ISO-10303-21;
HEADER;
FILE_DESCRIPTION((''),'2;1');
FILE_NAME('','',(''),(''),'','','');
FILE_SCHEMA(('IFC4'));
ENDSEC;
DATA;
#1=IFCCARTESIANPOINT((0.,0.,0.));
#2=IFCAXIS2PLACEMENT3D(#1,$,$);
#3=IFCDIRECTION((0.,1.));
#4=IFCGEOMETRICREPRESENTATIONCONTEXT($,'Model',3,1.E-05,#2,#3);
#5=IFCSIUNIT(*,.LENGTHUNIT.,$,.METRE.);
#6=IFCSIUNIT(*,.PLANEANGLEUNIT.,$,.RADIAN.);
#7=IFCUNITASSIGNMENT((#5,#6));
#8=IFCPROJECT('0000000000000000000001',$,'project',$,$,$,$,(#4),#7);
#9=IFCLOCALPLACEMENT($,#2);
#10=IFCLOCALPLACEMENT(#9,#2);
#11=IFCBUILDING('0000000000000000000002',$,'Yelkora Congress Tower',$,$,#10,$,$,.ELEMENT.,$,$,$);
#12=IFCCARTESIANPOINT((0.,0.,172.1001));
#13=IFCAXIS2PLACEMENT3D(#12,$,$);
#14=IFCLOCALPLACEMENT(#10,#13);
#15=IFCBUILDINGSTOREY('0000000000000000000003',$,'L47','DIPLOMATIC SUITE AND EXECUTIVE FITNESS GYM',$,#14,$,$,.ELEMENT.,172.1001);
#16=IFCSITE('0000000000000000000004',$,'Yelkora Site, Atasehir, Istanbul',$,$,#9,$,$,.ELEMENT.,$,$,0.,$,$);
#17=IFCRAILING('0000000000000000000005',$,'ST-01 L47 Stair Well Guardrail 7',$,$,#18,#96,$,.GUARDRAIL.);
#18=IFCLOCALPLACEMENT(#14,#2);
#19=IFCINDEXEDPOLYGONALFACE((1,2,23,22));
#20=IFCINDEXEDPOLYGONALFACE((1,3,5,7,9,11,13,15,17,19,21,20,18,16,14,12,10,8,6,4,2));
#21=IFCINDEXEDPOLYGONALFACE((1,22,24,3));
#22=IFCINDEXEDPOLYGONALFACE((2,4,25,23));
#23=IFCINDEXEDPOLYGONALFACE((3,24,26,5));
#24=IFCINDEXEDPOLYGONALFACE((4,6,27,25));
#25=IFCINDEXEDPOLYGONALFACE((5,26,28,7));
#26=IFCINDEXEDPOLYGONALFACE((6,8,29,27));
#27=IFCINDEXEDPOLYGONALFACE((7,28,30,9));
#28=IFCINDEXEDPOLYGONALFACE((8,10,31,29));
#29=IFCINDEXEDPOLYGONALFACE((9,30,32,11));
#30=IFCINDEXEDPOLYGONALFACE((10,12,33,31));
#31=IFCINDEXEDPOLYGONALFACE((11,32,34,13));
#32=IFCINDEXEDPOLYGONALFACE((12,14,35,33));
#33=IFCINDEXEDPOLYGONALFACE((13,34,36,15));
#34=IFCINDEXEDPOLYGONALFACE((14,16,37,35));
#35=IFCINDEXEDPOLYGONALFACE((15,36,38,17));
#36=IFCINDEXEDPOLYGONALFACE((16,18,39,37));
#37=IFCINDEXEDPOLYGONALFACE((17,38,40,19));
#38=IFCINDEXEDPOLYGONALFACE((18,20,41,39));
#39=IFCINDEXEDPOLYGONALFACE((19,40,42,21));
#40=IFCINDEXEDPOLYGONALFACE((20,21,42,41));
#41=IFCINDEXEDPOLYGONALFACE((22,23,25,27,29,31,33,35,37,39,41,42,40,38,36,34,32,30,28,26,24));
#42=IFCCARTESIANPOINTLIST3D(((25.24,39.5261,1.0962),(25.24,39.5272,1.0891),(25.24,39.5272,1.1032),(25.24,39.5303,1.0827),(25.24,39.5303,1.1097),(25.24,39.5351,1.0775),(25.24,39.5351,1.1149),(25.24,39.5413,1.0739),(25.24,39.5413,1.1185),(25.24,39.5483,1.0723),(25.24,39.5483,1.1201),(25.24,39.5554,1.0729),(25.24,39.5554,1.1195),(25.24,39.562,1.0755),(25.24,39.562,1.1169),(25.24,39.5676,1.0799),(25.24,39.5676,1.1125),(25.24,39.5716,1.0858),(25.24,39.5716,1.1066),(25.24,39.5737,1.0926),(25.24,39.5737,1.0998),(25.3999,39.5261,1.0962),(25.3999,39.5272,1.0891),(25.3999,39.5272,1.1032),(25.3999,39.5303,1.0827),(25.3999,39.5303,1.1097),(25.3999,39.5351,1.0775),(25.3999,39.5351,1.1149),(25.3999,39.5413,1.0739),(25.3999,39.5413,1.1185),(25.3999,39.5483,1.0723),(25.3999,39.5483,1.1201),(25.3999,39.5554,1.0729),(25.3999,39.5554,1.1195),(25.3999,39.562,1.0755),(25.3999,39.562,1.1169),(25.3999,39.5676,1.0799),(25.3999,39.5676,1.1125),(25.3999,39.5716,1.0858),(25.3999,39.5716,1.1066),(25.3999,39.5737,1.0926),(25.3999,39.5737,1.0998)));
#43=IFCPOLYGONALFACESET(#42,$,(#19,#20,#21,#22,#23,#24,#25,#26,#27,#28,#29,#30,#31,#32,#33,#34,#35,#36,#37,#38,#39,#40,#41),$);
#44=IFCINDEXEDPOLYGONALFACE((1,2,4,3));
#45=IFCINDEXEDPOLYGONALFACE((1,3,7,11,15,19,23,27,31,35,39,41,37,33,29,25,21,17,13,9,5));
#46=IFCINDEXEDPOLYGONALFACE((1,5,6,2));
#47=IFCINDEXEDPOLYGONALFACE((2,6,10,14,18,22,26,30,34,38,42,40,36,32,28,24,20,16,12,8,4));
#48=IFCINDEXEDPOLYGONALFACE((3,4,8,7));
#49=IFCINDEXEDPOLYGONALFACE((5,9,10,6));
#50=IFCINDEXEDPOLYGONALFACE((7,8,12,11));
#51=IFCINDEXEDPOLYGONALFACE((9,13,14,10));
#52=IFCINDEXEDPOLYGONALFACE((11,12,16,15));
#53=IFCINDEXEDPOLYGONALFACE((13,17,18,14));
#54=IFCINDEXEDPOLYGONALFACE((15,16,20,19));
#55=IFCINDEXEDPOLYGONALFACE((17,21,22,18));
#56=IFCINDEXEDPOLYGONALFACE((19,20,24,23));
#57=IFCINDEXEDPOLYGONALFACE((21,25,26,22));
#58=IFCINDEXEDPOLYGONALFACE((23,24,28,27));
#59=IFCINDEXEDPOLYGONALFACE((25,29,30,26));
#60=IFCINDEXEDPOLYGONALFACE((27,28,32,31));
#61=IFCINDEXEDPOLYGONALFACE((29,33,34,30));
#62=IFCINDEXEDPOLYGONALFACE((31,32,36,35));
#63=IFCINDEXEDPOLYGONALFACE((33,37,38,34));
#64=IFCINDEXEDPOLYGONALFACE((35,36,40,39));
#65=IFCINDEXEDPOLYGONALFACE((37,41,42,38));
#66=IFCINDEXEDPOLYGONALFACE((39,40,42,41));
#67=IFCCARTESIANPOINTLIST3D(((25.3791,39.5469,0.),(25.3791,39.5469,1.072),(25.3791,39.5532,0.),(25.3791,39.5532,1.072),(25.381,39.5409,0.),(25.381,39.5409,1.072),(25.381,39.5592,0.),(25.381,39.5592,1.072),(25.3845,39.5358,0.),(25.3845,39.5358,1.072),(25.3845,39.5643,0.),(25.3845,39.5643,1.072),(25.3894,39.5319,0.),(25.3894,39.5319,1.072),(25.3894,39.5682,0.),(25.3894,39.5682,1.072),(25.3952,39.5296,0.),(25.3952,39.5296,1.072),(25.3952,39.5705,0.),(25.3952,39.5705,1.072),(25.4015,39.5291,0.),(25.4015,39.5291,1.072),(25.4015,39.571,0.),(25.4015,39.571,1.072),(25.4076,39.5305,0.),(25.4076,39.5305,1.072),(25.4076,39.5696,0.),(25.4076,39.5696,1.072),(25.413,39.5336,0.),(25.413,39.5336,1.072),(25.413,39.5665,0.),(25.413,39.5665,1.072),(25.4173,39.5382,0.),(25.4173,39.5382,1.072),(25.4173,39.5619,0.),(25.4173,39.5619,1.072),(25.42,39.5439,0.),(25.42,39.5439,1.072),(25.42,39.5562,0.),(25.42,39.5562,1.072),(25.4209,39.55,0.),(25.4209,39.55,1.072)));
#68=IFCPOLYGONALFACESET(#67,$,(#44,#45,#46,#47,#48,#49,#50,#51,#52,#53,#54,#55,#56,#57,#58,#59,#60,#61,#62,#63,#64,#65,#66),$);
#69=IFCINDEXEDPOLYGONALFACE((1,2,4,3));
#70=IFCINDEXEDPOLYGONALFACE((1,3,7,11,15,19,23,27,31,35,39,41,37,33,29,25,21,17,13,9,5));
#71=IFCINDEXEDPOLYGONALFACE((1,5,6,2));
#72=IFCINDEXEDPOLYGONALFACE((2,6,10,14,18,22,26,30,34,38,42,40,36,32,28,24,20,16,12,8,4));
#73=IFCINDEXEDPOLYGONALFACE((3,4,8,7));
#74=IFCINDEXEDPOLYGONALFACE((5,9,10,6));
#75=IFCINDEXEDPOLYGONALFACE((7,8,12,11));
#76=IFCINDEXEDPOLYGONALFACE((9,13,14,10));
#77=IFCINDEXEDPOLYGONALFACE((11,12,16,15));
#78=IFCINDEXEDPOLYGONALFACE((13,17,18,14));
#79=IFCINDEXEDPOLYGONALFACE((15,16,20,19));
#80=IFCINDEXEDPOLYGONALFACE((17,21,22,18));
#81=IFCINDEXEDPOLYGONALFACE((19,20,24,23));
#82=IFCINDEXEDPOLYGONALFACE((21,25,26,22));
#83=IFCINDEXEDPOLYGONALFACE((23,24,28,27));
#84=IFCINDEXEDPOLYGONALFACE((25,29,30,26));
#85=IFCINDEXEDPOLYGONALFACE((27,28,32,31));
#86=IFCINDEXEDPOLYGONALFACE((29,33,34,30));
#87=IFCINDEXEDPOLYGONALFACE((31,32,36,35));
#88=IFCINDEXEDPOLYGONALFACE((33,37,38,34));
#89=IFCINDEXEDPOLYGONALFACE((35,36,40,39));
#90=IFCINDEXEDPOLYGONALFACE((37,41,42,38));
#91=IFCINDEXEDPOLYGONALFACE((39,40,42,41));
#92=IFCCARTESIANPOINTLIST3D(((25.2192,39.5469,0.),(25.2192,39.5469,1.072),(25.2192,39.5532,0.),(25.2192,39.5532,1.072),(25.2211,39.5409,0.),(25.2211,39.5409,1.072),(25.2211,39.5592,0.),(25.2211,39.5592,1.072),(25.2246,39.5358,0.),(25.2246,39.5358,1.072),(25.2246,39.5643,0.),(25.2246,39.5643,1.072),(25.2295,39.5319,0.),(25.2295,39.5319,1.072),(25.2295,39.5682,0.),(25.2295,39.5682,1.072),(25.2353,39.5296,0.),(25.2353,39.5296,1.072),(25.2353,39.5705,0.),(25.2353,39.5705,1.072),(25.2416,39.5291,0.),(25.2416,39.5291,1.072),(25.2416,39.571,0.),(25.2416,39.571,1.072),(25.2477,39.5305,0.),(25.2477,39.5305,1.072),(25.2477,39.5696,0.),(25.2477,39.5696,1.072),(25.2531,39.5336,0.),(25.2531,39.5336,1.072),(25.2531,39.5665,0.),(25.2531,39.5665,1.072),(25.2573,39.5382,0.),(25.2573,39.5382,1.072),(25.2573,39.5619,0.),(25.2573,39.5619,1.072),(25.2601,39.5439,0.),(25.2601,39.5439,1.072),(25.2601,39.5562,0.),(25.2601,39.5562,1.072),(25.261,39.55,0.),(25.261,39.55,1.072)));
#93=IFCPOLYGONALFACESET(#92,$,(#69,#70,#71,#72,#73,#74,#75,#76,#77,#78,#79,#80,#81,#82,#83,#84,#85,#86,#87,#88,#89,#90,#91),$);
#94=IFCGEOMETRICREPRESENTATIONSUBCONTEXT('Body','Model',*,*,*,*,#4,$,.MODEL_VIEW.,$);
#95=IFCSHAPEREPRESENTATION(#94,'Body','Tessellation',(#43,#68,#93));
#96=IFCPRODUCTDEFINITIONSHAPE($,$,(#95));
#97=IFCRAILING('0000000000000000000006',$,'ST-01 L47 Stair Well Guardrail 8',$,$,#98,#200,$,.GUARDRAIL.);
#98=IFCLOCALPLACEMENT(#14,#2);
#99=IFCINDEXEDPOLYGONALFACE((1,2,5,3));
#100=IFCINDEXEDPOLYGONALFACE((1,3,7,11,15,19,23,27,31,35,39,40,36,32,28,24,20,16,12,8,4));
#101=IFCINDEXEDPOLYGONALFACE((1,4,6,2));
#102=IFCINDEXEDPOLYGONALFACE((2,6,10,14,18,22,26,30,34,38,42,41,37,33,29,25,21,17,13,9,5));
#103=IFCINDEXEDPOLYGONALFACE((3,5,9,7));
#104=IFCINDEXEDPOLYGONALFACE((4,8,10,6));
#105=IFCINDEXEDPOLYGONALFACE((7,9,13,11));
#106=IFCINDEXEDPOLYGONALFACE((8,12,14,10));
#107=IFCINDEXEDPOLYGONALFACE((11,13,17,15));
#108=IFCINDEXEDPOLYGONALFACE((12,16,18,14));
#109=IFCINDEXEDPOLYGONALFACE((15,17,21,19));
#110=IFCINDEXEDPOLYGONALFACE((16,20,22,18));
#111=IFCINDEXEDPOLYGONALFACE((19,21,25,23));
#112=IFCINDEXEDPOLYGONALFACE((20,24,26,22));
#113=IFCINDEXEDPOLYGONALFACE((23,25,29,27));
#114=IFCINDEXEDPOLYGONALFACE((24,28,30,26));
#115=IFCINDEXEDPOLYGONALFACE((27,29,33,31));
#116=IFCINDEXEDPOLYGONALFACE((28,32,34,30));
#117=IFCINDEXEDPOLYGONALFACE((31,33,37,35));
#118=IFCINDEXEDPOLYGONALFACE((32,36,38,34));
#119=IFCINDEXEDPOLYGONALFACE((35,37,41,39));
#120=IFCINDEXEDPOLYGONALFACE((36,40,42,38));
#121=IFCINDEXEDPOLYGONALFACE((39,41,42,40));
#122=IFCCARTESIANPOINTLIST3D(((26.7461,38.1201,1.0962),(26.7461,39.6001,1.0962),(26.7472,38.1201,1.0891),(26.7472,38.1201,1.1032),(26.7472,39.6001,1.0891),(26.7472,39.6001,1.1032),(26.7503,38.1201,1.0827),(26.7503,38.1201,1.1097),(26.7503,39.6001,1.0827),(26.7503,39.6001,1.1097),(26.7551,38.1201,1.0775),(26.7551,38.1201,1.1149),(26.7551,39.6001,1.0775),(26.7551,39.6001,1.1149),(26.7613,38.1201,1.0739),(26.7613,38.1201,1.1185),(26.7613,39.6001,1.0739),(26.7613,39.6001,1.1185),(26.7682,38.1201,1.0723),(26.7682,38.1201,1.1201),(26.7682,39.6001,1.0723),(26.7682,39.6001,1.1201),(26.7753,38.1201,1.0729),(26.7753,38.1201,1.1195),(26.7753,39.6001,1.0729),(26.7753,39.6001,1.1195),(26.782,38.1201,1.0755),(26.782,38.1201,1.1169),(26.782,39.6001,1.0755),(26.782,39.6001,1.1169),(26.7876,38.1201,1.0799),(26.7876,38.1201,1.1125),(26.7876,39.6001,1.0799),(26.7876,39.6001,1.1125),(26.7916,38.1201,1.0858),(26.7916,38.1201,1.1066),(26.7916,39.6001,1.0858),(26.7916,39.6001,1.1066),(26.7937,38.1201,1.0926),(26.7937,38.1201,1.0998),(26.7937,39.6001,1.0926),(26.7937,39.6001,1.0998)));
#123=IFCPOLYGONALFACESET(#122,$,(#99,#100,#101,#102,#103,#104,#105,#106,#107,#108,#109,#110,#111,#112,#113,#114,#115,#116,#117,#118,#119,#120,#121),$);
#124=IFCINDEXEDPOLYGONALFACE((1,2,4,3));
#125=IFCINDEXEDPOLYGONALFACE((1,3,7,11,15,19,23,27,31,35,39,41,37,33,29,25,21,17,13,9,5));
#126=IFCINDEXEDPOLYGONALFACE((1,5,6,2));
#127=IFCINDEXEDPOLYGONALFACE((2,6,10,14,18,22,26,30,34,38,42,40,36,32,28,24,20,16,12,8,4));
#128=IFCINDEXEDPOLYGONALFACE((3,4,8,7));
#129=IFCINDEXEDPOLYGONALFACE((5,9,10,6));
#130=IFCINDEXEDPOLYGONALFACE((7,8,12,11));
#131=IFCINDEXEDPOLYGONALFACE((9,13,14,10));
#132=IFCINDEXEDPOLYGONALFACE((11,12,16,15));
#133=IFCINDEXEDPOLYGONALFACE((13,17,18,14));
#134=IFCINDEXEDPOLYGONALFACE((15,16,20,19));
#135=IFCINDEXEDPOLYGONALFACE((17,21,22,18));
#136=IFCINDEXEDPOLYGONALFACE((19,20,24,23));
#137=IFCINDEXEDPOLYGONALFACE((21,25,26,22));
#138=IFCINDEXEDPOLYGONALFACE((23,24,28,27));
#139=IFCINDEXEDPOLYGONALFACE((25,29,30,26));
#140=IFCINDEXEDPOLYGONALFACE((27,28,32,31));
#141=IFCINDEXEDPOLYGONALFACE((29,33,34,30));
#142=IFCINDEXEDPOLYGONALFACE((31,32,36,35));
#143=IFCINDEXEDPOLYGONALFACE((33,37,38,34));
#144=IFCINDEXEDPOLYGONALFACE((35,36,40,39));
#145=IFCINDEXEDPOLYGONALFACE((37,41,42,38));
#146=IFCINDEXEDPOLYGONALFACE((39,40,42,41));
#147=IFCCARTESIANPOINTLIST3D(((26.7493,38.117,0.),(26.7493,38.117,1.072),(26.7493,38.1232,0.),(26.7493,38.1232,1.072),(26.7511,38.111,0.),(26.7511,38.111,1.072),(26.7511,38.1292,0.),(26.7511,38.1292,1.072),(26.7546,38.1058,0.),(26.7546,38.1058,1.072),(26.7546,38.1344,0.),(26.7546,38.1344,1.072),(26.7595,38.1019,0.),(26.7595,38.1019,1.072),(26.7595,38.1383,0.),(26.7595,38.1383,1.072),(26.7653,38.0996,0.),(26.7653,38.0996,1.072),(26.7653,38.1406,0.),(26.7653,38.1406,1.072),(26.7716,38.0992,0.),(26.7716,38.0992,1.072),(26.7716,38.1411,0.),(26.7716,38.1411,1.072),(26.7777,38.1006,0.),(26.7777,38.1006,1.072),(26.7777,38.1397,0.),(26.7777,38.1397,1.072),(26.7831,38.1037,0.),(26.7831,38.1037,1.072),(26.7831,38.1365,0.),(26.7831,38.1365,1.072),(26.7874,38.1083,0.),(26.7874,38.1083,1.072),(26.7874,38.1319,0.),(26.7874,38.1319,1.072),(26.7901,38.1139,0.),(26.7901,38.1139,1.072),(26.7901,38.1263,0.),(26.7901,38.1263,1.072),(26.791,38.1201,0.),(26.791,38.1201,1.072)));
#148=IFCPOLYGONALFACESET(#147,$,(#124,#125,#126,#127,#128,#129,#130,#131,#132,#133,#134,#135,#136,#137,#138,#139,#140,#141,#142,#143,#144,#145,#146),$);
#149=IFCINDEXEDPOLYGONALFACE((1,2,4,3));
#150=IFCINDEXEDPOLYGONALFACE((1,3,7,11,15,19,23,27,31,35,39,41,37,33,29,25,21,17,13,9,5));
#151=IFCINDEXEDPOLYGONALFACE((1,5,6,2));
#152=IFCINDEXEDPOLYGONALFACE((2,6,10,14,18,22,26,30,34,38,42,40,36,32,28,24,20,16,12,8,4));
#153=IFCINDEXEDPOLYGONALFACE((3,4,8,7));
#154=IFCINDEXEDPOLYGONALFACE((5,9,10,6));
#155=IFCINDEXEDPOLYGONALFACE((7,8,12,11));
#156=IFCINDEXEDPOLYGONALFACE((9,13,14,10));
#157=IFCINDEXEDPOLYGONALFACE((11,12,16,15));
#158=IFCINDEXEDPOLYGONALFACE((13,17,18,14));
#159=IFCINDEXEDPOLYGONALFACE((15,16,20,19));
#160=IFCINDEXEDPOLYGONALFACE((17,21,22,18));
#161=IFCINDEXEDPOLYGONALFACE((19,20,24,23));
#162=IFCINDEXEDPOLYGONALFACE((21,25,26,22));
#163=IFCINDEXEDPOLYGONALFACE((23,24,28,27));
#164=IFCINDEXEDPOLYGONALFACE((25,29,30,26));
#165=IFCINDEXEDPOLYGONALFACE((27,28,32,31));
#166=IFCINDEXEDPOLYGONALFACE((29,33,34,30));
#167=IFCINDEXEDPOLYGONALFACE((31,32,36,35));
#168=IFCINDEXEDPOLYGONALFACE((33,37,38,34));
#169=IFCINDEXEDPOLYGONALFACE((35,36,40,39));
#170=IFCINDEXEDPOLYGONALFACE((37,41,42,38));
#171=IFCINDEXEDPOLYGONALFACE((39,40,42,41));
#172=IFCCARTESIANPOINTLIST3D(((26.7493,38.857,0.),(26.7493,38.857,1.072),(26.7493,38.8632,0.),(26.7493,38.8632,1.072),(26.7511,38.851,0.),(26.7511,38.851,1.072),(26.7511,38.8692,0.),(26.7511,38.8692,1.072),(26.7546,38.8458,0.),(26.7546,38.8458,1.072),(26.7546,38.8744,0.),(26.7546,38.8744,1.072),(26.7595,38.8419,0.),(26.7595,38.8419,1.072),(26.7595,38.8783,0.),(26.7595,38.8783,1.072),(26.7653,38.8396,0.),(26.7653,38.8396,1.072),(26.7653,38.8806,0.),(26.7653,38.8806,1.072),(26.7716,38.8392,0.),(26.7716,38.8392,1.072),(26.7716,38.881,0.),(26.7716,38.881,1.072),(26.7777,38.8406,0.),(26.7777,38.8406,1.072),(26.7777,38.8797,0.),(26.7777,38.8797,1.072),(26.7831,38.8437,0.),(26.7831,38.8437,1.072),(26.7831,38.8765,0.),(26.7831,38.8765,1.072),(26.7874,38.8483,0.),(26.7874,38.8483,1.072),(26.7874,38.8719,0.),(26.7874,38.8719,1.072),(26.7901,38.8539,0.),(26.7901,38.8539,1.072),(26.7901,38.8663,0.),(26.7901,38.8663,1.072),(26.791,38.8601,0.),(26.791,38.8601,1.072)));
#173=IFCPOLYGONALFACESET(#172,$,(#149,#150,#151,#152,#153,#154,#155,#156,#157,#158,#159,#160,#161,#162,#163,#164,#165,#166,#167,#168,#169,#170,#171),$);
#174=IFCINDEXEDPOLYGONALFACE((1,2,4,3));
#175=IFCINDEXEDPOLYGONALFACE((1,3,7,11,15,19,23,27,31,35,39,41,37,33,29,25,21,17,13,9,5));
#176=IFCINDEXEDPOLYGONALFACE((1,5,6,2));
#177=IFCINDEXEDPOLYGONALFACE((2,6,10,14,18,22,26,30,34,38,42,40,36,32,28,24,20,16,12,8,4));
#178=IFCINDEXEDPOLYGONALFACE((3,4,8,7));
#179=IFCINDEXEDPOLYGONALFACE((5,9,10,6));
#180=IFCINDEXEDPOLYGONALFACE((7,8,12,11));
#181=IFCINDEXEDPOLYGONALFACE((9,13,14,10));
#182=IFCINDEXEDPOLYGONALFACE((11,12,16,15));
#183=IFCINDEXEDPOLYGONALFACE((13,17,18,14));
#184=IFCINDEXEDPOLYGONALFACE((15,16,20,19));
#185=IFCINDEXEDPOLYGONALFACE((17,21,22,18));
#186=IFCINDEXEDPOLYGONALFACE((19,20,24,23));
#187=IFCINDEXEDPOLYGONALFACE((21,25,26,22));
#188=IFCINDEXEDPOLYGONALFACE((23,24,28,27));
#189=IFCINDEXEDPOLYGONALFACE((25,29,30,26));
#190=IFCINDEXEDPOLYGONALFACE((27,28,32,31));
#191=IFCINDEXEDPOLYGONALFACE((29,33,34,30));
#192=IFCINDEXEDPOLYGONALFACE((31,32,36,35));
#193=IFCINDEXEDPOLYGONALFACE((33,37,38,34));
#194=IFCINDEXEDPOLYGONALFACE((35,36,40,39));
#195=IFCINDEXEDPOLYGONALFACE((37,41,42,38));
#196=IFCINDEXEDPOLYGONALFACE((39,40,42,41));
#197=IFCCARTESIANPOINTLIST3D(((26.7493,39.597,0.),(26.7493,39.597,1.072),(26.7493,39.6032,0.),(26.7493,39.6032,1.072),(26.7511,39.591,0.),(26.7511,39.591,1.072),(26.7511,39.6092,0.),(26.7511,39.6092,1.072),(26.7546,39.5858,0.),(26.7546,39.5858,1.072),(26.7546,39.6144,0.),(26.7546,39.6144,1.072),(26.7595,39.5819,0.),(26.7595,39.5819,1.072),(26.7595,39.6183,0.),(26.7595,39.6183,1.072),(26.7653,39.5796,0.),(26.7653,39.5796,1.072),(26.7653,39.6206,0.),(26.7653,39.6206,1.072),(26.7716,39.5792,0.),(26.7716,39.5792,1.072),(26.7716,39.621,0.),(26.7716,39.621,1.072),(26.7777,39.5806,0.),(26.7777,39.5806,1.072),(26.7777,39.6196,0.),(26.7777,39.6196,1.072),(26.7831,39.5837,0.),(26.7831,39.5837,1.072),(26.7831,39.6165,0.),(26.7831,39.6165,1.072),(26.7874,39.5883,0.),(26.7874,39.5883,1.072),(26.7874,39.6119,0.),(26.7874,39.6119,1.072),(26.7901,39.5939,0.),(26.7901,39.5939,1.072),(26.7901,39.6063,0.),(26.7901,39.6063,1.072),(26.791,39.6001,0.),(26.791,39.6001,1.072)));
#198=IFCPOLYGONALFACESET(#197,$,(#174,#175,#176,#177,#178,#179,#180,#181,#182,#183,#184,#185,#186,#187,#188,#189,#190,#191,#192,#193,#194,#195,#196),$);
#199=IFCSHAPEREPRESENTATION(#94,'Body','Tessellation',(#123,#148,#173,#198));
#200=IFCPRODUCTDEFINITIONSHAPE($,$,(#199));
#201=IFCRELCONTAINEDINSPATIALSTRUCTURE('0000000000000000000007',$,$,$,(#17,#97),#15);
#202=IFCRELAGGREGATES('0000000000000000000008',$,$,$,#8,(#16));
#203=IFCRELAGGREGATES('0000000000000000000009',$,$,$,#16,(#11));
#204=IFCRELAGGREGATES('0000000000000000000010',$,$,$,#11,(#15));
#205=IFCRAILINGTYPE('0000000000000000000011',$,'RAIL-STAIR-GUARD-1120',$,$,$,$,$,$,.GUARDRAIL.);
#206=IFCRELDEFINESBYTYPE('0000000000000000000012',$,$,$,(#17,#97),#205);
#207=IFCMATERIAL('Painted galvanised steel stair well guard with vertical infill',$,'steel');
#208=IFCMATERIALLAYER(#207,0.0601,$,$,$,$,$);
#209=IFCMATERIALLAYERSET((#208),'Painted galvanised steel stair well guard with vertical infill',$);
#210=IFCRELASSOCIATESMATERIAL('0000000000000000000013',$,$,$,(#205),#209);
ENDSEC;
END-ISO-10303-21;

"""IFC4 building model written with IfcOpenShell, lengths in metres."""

from ifc_helpers import new_model, si_unit, direction, frame, origin, origin_2d, place, context, subcontext, project, spatial, circle, extrude, material, layer, layer_set, type_object, element, save


model = new_model("IFC4")

# Units and contexts
model_context = context("Model", 3, precision=1e-05, world=origin(), true_north=direction((0.0, 1.0)))
body_context = subcontext(model_context, "Body", "Model", "MODEL_VIEW")
ifc_project = project(units=[si_unit("LENGTHUNIT", "METRE"), si_unit("PLANEANGLEUNIT", "RADIAN")], contexts=[model_context])

# Site, building, storey
site_placement = place(None, origin())
site = spatial("IfcSite", under=ifc_project, at=site_placement, Name="Yelkora Site, Atasehir, Istanbul", CompositionType="ELEMENT", RefElevation=0.0)
building_placement = place(site_placement, origin())
building = spatial("IfcBuilding", under=site, at=building_placement, Name="Yelkora Congress Tower", CompositionType="ELEMENT")
storey_placement = place(building_placement, frame((0.0, 0.0, 172.1001)))
storey = spatial("IfcBuildingStorey", under=building, at=storey_placement, Name="L47", Description="DIPLOMATIC SUITE AND EXECUTIVE FITNESS GYM", CompositionType="ELEMENT", Elevation=172.1001)

# Railings
ifc_material_1 = material(Name="Painted galvanised steel stair well guard with vertical infill", Category="steel")
ifc_layer_1 = layer(ifc_material_1, 0.0601)
ifc_layer_set_1 = layer_set([ifc_layer_1], Name="Painted galvanised steel stair well guard with vertical infill")
railing_type_1 = type_object("IfcRailingType", Name="RAIL-STAIR-GUARD-1120", PredefinedType="GUARDRAIL", material=ifc_layer_set_1)
railing_1_placement = place(storey_placement, frame((25.3999, 39.55, 0.0)))
element("IfcRailing", 1, at=railing_1_placement, inside=storey, type_object=railing_type_1, Name="ST-01 L47 Stair Well Guardrail 7", PredefinedType="GUARDRAIL", context=body_context, shape_type="SweptSolid", body=[
    extrude(circle(Radius=0.0239, at=origin_2d()), frame((0.0, 0.0, 1.0962), z_axis=(-1.0, 0.0, 0.0), x_axis=(0.0, -1.0, 0.0)), (0.0, 0.0, 1.0), 0.1599),
    extrude(circle(Radius=0.021, at=origin_2d()), origin(), (0.0, 0.0, 1.0), 1.072),
    extrude(circle(Radius=0.021, at=origin_2d()), frame((-0.1599, 0.0, 0.0)), (0.0, 0.0, 1.0), 1.072),
])
for number, where, name in (
    (2, (26.77, 38.1201, 0.0), "ST-01 L47 Stair Well Guardrail 8"),
):
    element("IfcRailing", number, at=place(storey_placement, frame(where)), inside=storey, type_object=railing_type_1, Name=name, PredefinedType="GUARDRAIL", context=body_context, shape_type="SweptSolid", body=[
        extrude(circle(Radius=0.0239, at=origin_2d()), frame((0.0, 0.0, 1.0962), z_axis=(0.0, 1.0, 0.0), x_axis=(-1.0, 0.0, 0.0)), (0.0, 0.0, 1.0), 1.48),
        extrude(circle(Radius=0.021, at=origin_2d()), origin(), (0.0, 0.0, 1.0), 1.072),
        extrude(circle(Radius=0.021, at=origin_2d()), frame((0.0, 0.74, 0.0)), (0.0, 0.0, 1.0), 1.072),
        extrude(circle(Radius=0.021, at=origin_2d()), frame((0.0, 1.48, 0.0)), (0.0, 0.0, 1.0), 1.072),
    ])

save(model, "model.ifc")
